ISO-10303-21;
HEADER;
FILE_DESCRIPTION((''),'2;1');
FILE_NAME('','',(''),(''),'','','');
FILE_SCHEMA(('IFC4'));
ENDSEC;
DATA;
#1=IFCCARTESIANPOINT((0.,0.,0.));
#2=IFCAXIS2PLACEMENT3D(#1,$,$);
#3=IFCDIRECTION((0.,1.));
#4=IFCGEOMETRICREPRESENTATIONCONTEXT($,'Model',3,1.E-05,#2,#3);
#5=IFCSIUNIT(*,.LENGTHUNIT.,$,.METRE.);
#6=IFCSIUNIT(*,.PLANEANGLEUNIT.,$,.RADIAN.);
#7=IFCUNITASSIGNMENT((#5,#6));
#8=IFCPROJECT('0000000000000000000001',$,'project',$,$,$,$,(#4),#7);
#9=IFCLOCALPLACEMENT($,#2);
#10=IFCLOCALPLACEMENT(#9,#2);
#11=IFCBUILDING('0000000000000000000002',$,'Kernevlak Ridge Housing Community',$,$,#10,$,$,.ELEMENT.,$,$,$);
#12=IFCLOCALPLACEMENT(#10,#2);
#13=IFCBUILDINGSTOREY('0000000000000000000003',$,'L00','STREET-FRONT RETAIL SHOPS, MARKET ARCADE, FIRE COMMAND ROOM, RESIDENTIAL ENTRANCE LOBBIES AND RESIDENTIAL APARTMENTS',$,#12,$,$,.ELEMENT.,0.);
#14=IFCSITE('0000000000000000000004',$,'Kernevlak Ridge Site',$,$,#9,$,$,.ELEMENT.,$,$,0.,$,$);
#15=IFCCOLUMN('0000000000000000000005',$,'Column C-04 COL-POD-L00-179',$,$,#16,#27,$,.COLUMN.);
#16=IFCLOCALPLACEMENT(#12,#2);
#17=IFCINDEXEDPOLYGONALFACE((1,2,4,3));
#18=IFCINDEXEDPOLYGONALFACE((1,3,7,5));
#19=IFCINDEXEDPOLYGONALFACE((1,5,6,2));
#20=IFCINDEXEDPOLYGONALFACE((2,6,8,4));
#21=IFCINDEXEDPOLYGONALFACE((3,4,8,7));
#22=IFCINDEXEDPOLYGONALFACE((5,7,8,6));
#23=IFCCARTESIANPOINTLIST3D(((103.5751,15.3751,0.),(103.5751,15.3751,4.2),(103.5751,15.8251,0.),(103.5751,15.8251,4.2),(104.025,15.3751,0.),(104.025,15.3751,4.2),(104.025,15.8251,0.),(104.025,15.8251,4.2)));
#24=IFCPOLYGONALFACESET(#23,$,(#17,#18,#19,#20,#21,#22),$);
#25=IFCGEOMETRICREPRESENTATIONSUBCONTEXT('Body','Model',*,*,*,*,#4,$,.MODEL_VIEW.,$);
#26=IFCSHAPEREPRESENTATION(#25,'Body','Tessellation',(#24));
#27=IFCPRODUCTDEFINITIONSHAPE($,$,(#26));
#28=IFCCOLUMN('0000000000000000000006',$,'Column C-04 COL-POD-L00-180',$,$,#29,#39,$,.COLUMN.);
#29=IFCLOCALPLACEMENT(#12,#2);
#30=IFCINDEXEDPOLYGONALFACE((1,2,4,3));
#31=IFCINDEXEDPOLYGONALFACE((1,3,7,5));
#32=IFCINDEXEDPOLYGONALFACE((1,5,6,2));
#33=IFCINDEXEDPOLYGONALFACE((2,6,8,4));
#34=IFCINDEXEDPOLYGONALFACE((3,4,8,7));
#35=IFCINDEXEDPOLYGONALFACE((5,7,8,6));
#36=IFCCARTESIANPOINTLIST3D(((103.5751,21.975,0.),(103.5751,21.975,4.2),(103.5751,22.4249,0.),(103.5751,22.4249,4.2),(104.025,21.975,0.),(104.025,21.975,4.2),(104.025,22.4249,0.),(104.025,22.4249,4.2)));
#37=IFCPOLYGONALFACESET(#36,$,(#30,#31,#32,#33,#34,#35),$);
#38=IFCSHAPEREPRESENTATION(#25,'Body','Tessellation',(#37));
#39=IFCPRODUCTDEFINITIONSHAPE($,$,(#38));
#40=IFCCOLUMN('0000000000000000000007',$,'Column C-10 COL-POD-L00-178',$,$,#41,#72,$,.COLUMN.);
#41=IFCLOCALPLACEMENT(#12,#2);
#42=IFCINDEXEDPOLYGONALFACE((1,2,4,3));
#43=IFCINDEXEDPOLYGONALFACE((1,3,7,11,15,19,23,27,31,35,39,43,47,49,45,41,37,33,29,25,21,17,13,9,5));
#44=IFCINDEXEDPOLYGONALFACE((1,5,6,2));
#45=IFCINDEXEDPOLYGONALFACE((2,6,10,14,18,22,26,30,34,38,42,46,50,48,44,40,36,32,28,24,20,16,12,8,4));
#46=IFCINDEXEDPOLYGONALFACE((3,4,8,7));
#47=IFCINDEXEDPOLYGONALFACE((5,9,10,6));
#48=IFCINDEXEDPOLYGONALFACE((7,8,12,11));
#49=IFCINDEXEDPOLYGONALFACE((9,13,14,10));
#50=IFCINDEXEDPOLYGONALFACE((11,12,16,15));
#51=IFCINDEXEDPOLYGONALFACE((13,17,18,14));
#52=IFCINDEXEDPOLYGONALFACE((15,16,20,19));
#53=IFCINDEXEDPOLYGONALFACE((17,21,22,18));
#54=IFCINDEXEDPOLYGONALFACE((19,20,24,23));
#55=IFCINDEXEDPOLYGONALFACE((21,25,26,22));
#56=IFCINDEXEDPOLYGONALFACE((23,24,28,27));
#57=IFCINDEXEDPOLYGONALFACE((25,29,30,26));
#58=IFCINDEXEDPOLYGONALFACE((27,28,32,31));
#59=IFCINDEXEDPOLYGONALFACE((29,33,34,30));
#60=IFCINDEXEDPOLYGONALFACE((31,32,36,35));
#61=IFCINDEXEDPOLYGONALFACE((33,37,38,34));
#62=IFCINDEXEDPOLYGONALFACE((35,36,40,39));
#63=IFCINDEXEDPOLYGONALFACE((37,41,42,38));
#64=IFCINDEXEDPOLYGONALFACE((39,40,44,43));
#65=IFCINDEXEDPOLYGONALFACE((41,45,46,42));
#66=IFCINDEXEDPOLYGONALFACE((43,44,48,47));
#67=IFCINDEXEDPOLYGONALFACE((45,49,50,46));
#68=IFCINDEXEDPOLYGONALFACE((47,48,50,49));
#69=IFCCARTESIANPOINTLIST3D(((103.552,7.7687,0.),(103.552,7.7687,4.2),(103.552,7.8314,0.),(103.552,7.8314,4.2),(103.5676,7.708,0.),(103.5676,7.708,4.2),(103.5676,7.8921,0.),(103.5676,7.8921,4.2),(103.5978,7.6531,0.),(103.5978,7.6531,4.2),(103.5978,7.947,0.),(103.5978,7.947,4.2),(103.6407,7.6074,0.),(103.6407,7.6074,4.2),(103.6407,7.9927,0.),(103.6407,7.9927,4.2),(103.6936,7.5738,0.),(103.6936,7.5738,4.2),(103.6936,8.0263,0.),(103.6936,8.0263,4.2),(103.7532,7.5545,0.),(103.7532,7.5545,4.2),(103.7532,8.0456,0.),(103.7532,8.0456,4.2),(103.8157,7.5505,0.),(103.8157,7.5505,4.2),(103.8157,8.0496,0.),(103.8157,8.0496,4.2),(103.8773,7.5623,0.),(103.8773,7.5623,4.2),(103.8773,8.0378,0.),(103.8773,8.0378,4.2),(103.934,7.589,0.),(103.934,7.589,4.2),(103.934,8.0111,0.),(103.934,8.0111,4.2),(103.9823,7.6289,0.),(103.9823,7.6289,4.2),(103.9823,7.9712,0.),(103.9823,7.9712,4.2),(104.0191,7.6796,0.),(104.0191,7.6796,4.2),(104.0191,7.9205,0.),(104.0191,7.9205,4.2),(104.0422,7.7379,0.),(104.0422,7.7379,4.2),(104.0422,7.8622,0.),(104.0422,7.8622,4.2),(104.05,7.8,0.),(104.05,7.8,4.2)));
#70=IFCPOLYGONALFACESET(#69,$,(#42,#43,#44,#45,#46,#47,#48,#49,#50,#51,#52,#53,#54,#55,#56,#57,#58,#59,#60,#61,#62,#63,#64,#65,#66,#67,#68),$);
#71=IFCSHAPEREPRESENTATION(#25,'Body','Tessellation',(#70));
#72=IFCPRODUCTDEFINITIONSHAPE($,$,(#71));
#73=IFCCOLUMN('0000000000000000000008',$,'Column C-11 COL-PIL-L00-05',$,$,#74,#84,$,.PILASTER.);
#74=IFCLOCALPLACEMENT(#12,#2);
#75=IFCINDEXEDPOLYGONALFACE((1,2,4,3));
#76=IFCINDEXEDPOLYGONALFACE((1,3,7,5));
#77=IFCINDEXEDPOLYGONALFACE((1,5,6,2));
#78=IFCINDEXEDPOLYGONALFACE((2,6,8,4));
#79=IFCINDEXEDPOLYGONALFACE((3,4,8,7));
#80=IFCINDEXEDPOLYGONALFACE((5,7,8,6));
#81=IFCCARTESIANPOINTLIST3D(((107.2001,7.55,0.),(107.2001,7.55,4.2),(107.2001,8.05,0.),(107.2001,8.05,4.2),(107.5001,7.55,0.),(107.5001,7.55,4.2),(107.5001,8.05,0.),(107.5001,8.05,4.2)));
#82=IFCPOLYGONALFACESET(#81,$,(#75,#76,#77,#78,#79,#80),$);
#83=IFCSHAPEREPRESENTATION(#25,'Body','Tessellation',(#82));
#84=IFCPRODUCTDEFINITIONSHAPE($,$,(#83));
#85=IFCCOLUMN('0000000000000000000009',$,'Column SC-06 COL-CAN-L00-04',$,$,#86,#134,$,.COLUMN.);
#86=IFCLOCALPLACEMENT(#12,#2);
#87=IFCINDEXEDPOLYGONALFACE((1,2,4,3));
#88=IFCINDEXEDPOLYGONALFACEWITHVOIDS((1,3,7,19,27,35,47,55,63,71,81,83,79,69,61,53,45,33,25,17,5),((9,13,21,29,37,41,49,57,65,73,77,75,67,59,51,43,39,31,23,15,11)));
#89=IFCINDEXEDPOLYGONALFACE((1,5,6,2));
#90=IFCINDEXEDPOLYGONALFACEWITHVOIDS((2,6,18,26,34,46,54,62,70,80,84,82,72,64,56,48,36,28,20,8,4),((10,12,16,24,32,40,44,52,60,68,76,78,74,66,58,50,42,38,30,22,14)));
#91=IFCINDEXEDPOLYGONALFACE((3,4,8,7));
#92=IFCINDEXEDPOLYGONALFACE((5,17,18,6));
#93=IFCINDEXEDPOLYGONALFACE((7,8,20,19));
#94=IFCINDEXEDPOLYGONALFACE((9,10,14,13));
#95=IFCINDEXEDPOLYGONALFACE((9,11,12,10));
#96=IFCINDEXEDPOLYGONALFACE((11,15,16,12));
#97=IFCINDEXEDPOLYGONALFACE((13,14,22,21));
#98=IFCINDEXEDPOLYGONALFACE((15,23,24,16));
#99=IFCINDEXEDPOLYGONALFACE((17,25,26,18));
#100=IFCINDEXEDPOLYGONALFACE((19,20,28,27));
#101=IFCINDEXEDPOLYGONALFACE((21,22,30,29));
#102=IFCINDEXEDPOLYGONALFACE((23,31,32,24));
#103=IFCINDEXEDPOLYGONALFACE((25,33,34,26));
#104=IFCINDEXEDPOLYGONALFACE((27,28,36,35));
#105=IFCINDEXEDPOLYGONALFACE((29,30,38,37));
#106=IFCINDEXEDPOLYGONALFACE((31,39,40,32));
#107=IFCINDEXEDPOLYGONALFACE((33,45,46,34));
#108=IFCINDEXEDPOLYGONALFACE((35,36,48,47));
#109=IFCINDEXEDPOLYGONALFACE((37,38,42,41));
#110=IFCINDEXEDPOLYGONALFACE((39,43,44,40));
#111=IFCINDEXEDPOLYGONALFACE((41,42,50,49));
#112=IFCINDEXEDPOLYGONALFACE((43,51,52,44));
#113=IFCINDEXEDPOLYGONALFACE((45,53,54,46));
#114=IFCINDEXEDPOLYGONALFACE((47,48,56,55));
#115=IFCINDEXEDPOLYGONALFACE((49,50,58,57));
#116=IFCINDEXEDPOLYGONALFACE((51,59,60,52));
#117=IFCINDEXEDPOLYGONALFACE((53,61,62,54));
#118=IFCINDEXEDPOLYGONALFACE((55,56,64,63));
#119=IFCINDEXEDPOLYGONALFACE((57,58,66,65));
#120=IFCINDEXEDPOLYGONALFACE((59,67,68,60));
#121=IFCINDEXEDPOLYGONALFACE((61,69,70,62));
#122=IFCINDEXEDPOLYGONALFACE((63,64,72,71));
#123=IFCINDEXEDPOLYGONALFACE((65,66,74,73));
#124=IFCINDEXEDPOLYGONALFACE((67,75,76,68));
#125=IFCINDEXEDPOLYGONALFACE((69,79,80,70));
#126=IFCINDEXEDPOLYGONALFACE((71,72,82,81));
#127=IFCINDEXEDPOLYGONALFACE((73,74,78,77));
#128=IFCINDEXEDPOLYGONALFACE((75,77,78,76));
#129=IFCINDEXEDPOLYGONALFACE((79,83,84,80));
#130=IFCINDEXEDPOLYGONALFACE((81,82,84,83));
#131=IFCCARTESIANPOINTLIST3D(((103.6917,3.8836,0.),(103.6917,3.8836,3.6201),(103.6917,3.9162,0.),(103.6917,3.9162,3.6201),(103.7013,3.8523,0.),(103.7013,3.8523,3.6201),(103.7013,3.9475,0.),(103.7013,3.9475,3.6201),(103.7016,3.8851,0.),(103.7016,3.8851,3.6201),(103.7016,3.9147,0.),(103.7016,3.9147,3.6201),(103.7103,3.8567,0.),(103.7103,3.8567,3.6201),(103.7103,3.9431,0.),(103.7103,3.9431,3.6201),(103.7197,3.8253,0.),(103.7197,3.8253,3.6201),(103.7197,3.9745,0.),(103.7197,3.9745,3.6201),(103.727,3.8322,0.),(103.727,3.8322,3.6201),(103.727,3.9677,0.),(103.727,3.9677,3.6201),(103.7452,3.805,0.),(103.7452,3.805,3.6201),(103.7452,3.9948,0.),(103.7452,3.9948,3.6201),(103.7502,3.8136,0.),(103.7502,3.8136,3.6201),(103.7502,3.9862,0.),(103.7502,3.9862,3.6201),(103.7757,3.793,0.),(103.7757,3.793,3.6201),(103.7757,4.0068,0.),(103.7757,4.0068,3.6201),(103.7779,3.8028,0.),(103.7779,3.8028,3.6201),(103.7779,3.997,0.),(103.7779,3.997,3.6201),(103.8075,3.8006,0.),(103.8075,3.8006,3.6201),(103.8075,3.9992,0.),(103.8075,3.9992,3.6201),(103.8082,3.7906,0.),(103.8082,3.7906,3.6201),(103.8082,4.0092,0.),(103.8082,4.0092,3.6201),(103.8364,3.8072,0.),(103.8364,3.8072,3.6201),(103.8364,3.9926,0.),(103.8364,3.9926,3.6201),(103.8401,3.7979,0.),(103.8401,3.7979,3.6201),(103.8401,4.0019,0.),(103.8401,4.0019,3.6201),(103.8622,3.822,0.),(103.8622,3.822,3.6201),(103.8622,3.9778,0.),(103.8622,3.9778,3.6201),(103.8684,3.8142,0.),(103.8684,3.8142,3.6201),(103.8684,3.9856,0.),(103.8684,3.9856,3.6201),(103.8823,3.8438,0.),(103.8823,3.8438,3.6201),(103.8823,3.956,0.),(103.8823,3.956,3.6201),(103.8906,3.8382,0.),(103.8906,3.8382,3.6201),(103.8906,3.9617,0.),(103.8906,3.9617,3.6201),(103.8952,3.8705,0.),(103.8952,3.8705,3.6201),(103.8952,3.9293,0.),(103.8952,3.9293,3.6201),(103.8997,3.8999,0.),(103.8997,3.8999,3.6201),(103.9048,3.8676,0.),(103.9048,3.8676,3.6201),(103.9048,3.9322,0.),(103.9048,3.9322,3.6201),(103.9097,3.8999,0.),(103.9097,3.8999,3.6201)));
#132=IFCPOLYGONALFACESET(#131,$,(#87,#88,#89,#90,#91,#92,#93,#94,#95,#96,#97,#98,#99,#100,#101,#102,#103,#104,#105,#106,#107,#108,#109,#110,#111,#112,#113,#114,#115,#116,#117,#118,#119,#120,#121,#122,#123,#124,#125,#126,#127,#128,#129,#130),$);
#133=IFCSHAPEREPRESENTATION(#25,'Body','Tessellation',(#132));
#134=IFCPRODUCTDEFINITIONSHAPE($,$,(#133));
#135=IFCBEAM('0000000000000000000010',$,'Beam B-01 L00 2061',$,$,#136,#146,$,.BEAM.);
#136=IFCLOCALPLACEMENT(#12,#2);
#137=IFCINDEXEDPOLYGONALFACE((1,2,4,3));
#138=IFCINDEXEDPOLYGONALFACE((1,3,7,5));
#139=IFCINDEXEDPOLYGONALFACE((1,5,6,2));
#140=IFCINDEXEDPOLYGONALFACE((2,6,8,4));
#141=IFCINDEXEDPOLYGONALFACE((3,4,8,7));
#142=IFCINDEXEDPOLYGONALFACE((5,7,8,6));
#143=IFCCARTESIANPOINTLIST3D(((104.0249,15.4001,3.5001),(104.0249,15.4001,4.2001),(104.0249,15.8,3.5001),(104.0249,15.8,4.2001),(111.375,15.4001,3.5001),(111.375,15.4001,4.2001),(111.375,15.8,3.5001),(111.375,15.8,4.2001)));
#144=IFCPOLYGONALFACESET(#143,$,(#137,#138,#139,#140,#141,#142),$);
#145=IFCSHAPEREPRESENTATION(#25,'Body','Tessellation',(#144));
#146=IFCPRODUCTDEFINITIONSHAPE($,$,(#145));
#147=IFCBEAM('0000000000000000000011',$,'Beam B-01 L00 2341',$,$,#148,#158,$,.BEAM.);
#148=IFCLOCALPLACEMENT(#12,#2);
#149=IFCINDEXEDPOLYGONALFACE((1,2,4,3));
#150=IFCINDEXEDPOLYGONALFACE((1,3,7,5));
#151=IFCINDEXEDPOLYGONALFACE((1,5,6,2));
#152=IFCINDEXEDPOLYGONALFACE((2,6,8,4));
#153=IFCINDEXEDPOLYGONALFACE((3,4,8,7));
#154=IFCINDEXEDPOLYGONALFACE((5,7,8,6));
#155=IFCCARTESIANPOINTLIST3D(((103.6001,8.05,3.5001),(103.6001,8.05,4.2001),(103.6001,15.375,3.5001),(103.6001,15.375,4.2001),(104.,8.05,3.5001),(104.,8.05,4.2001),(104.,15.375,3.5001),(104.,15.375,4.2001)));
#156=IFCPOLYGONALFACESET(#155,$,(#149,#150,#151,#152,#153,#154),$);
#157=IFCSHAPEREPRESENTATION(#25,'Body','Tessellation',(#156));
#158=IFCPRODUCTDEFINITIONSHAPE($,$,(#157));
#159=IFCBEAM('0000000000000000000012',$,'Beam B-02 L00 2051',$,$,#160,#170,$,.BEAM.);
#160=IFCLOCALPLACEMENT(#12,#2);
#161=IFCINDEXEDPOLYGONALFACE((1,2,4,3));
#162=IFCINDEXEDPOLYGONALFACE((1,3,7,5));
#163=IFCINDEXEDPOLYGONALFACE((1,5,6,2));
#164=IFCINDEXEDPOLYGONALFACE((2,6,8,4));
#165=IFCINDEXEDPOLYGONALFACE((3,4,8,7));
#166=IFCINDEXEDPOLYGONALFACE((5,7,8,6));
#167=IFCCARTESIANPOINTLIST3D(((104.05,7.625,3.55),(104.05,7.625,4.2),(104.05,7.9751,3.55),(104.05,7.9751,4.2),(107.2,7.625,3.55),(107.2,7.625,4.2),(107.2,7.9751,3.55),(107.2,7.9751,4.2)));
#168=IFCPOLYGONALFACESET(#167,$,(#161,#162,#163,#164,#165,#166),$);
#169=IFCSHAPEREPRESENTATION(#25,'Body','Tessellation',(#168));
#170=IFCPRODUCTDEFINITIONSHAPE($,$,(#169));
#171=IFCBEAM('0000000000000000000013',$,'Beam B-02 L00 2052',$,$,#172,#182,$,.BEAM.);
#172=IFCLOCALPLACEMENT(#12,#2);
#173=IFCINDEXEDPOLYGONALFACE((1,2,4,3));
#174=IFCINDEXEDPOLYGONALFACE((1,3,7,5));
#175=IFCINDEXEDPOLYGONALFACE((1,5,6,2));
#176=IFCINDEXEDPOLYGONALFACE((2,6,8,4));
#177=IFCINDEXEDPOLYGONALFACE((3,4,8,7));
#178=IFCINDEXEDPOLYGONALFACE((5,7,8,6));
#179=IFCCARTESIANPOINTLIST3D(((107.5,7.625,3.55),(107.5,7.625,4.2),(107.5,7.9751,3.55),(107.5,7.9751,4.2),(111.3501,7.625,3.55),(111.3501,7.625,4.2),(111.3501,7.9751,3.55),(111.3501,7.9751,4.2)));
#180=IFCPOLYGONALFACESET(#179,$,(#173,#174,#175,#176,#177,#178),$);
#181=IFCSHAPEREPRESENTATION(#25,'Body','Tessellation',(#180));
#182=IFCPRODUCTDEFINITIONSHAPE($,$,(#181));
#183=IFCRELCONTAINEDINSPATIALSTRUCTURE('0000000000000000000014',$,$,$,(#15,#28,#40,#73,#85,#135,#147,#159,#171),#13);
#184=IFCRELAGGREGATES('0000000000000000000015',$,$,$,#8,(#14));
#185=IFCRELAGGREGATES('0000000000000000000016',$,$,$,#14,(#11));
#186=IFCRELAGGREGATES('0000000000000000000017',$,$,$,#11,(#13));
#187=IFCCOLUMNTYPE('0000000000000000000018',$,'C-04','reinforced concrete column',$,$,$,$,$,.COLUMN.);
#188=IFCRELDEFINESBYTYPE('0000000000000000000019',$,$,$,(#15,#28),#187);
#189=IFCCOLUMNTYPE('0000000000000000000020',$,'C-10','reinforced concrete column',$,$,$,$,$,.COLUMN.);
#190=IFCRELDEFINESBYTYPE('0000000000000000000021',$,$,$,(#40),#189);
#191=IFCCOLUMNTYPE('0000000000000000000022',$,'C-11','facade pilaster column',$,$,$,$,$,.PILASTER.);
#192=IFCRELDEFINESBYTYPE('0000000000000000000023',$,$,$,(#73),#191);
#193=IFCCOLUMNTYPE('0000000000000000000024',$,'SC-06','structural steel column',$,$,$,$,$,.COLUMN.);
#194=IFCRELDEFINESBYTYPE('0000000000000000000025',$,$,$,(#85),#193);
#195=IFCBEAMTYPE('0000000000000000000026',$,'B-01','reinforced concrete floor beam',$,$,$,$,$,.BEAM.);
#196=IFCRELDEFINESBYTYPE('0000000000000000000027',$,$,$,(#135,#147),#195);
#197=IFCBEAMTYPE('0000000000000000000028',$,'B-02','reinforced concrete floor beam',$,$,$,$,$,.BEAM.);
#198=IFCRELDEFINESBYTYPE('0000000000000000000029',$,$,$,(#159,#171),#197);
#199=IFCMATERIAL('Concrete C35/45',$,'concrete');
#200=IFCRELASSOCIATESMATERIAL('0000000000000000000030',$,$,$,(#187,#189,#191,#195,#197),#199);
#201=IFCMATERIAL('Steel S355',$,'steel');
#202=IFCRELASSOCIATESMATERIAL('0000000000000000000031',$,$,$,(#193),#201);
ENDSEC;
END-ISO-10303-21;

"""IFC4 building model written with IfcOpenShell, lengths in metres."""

from ifc_helpers import new_model, si_unit, direction, frame, origin, origin_2d, place, context, subcontext, project, spatial, rectangle, circle, hollow_circle, extrude, material, material_profile, profile_set, type_object, element, save


model = new_model("IFC4")

# Units and contexts
model_context = context("Model", 3, precision=1e-05, world=origin(), true_north=direction((0.0, 1.0)))
body_context = subcontext(model_context, "Body", "Model", "MODEL_VIEW")
ifc_project = project(units=[si_unit("LENGTHUNIT", "METRE"), si_unit("PLANEANGLEUNIT", "RADIAN")], contexts=[model_context])

# Site, building, storey
site_placement = place(None, origin())
site = spatial("IfcSite", under=ifc_project, at=site_placement, Name="Kernevlak Ridge Site", CompositionType="ELEMENT", RefElevation=0.0)
building_placement = place(site_placement, origin())
building = spatial("IfcBuilding", under=site, at=building_placement, Name="Kernevlak Ridge Housing Community", CompositionType="ELEMENT")
storey_placement = place(building_placement, origin())
storey = spatial("IfcBuildingStorey", under=building, at=storey_placement, Name="L00", Description="STREET-FRONT RETAIL SHOPS, MARKET ARCADE, FIRE COMMAND ROOM, RESIDENTIAL ENTRANCE LOBBIES AND RESIDENTIAL APARTMENTS", CompositionType="ELEMENT", Elevation=0.0)

# Columns
ifc_material_1 = material(Name="Concrete C35/45", Category="concrete")
ifc_material_profile_1 = material_profile(ifc_material_1, rectangle(XDim=0.45, YDim=0.45, at=origin_2d()), Name="RC 450x450")
ifc_profile_set_1 = profile_set([ifc_material_profile_1], Name="Concrete C35/45")
column_type_1 = type_object("IfcColumnType", Name="C-04", Description="reinforced concrete column", PredefinedType="COLUMN", material=ifc_profile_set_1)
for number, where, z_axis, x_axis, name in (
    (1, (103.8, 15.6001, 0.0), (0.0, 0.0, 1.0), (1.0, 0.0, 0.0), "Column C-04 COL-POD-L00-179"),
    (2, (103.8, 22.2, 0.0), (0.0, 0.0, 1.0), (1.0, 0.0, 0.0), "Column C-04 COL-POD-L00-180"),
):
    element("IfcColumn", number, at=place(storey_placement, frame(where, z_axis=z_axis, x_axis=x_axis)), inside=storey, type_object=column_type_1, Name=name, PredefinedType="COLUMN", context=body_context, shape_type="SweptSolid", body=[
        extrude(rectangle(XDim=0.45, YDim=0.45, at=origin_2d()), origin(), (0.0, 0.0, 1.0), 4.2),
    ])
ifc_material_profile_2 = material_profile(ifc_material_1, circle(Radius=0.25, at=origin_2d()), Name="RC D500")
ifc_profile_set_2 = profile_set([ifc_material_profile_2], Name="Concrete C35/45")
column_type_2 = type_object("IfcColumnType", Name="C-10", Description="reinforced concrete column", PredefinedType="COLUMN", material=ifc_profile_set_2)
column_1_placement = place(storey_placement, frame((103.8, 7.8, 0.0), z_axis=(0.0, 0.0, 1.0), x_axis=(1.0, 0.0, 0.0)))
element("IfcColumn", 3, at=column_1_placement, inside=storey, type_object=column_type_2, Name="Column C-10 COL-POD-L00-178", PredefinedType="COLUMN", context=body_context, shape_type="SweptSolid", body=[
    extrude(circle(Radius=0.25, at=origin_2d()), origin(), (0.0, 0.0, 1.0), 4.2),
])
ifc_material_profile_3 = material_profile(ifc_material_1, rectangle(XDim=0.3, YDim=0.5, at=origin_2d()), Name="RC 300x500")
ifc_profile_set_3 = profile_set([ifc_material_profile_3], Name="Concrete C35/45")
column_type_3 = type_object("IfcColumnType", Name="C-11", Description="facade pilaster column", PredefinedType="PILASTER", material=ifc_profile_set_3)
column_2_placement = place(storey_placement, frame((107.3501, 7.8, 0.0), z_axis=(0.0, 0.0, 1.0), x_axis=(1.0, 0.0, 0.0)))
element("IfcColumn", 4, at=column_2_placement, inside=storey, type_object=column_type_3, Name="Column C-11 COL-PIL-L00-05", PredefinedType="PILASTER", context=body_context, shape_type="SweptSolid", body=[
    extrude(rectangle(XDim=0.3, YDim=0.5, at=origin_2d()), origin(), (0.0, 0.0, 1.0), 4.2),
])
ifc_material_2 = material(Name="Steel S355", Category="steel")
ifc_material_profile_4 = material_profile(ifc_material_2, hollow_circle(Radius=0.1096, WallThickness=0.01, at=origin_2d()), Name="CHS 219.1x10")
ifc_profile_set_4 = profile_set([ifc_material_profile_4], Name="Steel S355")
column_type_4 = type_object("IfcColumnType", Name="SC-06", Description="structural steel column", PredefinedType="COLUMN", material=ifc_profile_set_4)
column_3_placement = place(storey_placement, frame((103.8, 3.8999, 0.0), z_axis=(0.0, 0.0, 1.0), x_axis=(1.0, 0.0, 0.0)))
element("IfcColumn", 5, at=column_3_placement, inside=storey, type_object=column_type_4, Name="Column SC-06 COL-CAN-L00-04", PredefinedType="COLUMN", context=body_context, shape_type="SweptSolid", body=[
    extrude(hollow_circle(Radius=0.1096, WallThickness=0.01, at=origin_2d()), origin(), (0.0, 0.0, 1.0), 3.6201),
])

# Beams
ifc_material_profile_5 = material_profile(ifc_material_1, rectangle(XDim=0.3999, YDim=0.7, at=origin_2d()), Name="RC 400x700")
ifc_profile_set_5 = profile_set([ifc_material_profile_5], Name="Concrete C35/45")
beam_type_1 = type_object("IfcBeamType", Name="B-01", Description="reinforced concrete floor beam", PredefinedType="BEAM", material=ifc_profile_set_5)
beam_1_placement = place(storey_placement, frame((104.0249, 15.6001, 3.8501), z_axis=(1.0, 0.0, 0.0), x_axis=(0.0, 1.0, 0.0)))
element("IfcBeam", 6, at=beam_1_placement, inside=storey, type_object=beam_type_1, Name="Beam B-01 L00 2061", PredefinedType="BEAM", context=body_context, shape_type="SweptSolid", body=[
    extrude(rectangle(XDim=0.3999, YDim=0.7, at=origin_2d()), origin(), (0.0, 0.0, 1.0), 7.3501),
])
beam_2_placement = place(storey_placement, frame((103.8, 8.05, 3.8501), z_axis=(0.0, 1.0, 0.0), x_axis=(-1.0, 0.0, 0.0)))
element("IfcBeam", 7, at=beam_2_placement, inside=storey, type_object=beam_type_1, Name="Beam B-01 L00 2341", PredefinedType="BEAM", context=body_context, shape_type="SweptSolid", body=[
    extrude(rectangle(XDim=0.3999, YDim=0.7, at=origin_2d()), origin(), (0.0, 0.0, 1.0), 7.325),
])
ifc_material_profile_6 = material_profile(ifc_material_1, rectangle(XDim=0.3501, YDim=0.6499, at=origin_2d()), Name="RC 350x650")
ifc_profile_set_6 = profile_set([ifc_material_profile_6], Name="Concrete C35/45")
beam_type_2 = type_object("IfcBeamType", Name="B-02", Description="reinforced concrete floor beam", PredefinedType="BEAM", material=ifc_profile_set_6)
beam_3_placement = place(storey_placement, frame((104.05, 7.8, 3.875), z_axis=(1.0, 0.0, 0.0), x_axis=(0.0, 1.0, 0.0)))
element("IfcBeam", 8, at=beam_3_placement, inside=storey, type_object=beam_type_2, Name="Beam B-02 L00 2051", PredefinedType="BEAM", context=body_context, shape_type="SweptSolid", body=[
    extrude(rectangle(XDim=0.3501, YDim=0.6499, at=origin_2d()), origin(), (0.0, 0.0, 1.0), 3.1499),
])
beam_4_placement = place(storey_placement, frame((107.5, 7.8, 3.875), z_axis=(1.0, 0.0, 0.0), x_axis=(0.0, 1.0, 0.0)))
element("IfcBeam", 9, at=beam_4_placement, inside=storey, type_object=beam_type_2, Name="Beam B-02 L00 2052", PredefinedType="BEAM", context=body_context, shape_type="SweptSolid", body=[
    extrude(rectangle(XDim=0.3501, YDim=0.6499, at=origin_2d()), origin(), (0.0, 0.0, 1.0), 3.8501),
])

save(model, "model.ifc")
